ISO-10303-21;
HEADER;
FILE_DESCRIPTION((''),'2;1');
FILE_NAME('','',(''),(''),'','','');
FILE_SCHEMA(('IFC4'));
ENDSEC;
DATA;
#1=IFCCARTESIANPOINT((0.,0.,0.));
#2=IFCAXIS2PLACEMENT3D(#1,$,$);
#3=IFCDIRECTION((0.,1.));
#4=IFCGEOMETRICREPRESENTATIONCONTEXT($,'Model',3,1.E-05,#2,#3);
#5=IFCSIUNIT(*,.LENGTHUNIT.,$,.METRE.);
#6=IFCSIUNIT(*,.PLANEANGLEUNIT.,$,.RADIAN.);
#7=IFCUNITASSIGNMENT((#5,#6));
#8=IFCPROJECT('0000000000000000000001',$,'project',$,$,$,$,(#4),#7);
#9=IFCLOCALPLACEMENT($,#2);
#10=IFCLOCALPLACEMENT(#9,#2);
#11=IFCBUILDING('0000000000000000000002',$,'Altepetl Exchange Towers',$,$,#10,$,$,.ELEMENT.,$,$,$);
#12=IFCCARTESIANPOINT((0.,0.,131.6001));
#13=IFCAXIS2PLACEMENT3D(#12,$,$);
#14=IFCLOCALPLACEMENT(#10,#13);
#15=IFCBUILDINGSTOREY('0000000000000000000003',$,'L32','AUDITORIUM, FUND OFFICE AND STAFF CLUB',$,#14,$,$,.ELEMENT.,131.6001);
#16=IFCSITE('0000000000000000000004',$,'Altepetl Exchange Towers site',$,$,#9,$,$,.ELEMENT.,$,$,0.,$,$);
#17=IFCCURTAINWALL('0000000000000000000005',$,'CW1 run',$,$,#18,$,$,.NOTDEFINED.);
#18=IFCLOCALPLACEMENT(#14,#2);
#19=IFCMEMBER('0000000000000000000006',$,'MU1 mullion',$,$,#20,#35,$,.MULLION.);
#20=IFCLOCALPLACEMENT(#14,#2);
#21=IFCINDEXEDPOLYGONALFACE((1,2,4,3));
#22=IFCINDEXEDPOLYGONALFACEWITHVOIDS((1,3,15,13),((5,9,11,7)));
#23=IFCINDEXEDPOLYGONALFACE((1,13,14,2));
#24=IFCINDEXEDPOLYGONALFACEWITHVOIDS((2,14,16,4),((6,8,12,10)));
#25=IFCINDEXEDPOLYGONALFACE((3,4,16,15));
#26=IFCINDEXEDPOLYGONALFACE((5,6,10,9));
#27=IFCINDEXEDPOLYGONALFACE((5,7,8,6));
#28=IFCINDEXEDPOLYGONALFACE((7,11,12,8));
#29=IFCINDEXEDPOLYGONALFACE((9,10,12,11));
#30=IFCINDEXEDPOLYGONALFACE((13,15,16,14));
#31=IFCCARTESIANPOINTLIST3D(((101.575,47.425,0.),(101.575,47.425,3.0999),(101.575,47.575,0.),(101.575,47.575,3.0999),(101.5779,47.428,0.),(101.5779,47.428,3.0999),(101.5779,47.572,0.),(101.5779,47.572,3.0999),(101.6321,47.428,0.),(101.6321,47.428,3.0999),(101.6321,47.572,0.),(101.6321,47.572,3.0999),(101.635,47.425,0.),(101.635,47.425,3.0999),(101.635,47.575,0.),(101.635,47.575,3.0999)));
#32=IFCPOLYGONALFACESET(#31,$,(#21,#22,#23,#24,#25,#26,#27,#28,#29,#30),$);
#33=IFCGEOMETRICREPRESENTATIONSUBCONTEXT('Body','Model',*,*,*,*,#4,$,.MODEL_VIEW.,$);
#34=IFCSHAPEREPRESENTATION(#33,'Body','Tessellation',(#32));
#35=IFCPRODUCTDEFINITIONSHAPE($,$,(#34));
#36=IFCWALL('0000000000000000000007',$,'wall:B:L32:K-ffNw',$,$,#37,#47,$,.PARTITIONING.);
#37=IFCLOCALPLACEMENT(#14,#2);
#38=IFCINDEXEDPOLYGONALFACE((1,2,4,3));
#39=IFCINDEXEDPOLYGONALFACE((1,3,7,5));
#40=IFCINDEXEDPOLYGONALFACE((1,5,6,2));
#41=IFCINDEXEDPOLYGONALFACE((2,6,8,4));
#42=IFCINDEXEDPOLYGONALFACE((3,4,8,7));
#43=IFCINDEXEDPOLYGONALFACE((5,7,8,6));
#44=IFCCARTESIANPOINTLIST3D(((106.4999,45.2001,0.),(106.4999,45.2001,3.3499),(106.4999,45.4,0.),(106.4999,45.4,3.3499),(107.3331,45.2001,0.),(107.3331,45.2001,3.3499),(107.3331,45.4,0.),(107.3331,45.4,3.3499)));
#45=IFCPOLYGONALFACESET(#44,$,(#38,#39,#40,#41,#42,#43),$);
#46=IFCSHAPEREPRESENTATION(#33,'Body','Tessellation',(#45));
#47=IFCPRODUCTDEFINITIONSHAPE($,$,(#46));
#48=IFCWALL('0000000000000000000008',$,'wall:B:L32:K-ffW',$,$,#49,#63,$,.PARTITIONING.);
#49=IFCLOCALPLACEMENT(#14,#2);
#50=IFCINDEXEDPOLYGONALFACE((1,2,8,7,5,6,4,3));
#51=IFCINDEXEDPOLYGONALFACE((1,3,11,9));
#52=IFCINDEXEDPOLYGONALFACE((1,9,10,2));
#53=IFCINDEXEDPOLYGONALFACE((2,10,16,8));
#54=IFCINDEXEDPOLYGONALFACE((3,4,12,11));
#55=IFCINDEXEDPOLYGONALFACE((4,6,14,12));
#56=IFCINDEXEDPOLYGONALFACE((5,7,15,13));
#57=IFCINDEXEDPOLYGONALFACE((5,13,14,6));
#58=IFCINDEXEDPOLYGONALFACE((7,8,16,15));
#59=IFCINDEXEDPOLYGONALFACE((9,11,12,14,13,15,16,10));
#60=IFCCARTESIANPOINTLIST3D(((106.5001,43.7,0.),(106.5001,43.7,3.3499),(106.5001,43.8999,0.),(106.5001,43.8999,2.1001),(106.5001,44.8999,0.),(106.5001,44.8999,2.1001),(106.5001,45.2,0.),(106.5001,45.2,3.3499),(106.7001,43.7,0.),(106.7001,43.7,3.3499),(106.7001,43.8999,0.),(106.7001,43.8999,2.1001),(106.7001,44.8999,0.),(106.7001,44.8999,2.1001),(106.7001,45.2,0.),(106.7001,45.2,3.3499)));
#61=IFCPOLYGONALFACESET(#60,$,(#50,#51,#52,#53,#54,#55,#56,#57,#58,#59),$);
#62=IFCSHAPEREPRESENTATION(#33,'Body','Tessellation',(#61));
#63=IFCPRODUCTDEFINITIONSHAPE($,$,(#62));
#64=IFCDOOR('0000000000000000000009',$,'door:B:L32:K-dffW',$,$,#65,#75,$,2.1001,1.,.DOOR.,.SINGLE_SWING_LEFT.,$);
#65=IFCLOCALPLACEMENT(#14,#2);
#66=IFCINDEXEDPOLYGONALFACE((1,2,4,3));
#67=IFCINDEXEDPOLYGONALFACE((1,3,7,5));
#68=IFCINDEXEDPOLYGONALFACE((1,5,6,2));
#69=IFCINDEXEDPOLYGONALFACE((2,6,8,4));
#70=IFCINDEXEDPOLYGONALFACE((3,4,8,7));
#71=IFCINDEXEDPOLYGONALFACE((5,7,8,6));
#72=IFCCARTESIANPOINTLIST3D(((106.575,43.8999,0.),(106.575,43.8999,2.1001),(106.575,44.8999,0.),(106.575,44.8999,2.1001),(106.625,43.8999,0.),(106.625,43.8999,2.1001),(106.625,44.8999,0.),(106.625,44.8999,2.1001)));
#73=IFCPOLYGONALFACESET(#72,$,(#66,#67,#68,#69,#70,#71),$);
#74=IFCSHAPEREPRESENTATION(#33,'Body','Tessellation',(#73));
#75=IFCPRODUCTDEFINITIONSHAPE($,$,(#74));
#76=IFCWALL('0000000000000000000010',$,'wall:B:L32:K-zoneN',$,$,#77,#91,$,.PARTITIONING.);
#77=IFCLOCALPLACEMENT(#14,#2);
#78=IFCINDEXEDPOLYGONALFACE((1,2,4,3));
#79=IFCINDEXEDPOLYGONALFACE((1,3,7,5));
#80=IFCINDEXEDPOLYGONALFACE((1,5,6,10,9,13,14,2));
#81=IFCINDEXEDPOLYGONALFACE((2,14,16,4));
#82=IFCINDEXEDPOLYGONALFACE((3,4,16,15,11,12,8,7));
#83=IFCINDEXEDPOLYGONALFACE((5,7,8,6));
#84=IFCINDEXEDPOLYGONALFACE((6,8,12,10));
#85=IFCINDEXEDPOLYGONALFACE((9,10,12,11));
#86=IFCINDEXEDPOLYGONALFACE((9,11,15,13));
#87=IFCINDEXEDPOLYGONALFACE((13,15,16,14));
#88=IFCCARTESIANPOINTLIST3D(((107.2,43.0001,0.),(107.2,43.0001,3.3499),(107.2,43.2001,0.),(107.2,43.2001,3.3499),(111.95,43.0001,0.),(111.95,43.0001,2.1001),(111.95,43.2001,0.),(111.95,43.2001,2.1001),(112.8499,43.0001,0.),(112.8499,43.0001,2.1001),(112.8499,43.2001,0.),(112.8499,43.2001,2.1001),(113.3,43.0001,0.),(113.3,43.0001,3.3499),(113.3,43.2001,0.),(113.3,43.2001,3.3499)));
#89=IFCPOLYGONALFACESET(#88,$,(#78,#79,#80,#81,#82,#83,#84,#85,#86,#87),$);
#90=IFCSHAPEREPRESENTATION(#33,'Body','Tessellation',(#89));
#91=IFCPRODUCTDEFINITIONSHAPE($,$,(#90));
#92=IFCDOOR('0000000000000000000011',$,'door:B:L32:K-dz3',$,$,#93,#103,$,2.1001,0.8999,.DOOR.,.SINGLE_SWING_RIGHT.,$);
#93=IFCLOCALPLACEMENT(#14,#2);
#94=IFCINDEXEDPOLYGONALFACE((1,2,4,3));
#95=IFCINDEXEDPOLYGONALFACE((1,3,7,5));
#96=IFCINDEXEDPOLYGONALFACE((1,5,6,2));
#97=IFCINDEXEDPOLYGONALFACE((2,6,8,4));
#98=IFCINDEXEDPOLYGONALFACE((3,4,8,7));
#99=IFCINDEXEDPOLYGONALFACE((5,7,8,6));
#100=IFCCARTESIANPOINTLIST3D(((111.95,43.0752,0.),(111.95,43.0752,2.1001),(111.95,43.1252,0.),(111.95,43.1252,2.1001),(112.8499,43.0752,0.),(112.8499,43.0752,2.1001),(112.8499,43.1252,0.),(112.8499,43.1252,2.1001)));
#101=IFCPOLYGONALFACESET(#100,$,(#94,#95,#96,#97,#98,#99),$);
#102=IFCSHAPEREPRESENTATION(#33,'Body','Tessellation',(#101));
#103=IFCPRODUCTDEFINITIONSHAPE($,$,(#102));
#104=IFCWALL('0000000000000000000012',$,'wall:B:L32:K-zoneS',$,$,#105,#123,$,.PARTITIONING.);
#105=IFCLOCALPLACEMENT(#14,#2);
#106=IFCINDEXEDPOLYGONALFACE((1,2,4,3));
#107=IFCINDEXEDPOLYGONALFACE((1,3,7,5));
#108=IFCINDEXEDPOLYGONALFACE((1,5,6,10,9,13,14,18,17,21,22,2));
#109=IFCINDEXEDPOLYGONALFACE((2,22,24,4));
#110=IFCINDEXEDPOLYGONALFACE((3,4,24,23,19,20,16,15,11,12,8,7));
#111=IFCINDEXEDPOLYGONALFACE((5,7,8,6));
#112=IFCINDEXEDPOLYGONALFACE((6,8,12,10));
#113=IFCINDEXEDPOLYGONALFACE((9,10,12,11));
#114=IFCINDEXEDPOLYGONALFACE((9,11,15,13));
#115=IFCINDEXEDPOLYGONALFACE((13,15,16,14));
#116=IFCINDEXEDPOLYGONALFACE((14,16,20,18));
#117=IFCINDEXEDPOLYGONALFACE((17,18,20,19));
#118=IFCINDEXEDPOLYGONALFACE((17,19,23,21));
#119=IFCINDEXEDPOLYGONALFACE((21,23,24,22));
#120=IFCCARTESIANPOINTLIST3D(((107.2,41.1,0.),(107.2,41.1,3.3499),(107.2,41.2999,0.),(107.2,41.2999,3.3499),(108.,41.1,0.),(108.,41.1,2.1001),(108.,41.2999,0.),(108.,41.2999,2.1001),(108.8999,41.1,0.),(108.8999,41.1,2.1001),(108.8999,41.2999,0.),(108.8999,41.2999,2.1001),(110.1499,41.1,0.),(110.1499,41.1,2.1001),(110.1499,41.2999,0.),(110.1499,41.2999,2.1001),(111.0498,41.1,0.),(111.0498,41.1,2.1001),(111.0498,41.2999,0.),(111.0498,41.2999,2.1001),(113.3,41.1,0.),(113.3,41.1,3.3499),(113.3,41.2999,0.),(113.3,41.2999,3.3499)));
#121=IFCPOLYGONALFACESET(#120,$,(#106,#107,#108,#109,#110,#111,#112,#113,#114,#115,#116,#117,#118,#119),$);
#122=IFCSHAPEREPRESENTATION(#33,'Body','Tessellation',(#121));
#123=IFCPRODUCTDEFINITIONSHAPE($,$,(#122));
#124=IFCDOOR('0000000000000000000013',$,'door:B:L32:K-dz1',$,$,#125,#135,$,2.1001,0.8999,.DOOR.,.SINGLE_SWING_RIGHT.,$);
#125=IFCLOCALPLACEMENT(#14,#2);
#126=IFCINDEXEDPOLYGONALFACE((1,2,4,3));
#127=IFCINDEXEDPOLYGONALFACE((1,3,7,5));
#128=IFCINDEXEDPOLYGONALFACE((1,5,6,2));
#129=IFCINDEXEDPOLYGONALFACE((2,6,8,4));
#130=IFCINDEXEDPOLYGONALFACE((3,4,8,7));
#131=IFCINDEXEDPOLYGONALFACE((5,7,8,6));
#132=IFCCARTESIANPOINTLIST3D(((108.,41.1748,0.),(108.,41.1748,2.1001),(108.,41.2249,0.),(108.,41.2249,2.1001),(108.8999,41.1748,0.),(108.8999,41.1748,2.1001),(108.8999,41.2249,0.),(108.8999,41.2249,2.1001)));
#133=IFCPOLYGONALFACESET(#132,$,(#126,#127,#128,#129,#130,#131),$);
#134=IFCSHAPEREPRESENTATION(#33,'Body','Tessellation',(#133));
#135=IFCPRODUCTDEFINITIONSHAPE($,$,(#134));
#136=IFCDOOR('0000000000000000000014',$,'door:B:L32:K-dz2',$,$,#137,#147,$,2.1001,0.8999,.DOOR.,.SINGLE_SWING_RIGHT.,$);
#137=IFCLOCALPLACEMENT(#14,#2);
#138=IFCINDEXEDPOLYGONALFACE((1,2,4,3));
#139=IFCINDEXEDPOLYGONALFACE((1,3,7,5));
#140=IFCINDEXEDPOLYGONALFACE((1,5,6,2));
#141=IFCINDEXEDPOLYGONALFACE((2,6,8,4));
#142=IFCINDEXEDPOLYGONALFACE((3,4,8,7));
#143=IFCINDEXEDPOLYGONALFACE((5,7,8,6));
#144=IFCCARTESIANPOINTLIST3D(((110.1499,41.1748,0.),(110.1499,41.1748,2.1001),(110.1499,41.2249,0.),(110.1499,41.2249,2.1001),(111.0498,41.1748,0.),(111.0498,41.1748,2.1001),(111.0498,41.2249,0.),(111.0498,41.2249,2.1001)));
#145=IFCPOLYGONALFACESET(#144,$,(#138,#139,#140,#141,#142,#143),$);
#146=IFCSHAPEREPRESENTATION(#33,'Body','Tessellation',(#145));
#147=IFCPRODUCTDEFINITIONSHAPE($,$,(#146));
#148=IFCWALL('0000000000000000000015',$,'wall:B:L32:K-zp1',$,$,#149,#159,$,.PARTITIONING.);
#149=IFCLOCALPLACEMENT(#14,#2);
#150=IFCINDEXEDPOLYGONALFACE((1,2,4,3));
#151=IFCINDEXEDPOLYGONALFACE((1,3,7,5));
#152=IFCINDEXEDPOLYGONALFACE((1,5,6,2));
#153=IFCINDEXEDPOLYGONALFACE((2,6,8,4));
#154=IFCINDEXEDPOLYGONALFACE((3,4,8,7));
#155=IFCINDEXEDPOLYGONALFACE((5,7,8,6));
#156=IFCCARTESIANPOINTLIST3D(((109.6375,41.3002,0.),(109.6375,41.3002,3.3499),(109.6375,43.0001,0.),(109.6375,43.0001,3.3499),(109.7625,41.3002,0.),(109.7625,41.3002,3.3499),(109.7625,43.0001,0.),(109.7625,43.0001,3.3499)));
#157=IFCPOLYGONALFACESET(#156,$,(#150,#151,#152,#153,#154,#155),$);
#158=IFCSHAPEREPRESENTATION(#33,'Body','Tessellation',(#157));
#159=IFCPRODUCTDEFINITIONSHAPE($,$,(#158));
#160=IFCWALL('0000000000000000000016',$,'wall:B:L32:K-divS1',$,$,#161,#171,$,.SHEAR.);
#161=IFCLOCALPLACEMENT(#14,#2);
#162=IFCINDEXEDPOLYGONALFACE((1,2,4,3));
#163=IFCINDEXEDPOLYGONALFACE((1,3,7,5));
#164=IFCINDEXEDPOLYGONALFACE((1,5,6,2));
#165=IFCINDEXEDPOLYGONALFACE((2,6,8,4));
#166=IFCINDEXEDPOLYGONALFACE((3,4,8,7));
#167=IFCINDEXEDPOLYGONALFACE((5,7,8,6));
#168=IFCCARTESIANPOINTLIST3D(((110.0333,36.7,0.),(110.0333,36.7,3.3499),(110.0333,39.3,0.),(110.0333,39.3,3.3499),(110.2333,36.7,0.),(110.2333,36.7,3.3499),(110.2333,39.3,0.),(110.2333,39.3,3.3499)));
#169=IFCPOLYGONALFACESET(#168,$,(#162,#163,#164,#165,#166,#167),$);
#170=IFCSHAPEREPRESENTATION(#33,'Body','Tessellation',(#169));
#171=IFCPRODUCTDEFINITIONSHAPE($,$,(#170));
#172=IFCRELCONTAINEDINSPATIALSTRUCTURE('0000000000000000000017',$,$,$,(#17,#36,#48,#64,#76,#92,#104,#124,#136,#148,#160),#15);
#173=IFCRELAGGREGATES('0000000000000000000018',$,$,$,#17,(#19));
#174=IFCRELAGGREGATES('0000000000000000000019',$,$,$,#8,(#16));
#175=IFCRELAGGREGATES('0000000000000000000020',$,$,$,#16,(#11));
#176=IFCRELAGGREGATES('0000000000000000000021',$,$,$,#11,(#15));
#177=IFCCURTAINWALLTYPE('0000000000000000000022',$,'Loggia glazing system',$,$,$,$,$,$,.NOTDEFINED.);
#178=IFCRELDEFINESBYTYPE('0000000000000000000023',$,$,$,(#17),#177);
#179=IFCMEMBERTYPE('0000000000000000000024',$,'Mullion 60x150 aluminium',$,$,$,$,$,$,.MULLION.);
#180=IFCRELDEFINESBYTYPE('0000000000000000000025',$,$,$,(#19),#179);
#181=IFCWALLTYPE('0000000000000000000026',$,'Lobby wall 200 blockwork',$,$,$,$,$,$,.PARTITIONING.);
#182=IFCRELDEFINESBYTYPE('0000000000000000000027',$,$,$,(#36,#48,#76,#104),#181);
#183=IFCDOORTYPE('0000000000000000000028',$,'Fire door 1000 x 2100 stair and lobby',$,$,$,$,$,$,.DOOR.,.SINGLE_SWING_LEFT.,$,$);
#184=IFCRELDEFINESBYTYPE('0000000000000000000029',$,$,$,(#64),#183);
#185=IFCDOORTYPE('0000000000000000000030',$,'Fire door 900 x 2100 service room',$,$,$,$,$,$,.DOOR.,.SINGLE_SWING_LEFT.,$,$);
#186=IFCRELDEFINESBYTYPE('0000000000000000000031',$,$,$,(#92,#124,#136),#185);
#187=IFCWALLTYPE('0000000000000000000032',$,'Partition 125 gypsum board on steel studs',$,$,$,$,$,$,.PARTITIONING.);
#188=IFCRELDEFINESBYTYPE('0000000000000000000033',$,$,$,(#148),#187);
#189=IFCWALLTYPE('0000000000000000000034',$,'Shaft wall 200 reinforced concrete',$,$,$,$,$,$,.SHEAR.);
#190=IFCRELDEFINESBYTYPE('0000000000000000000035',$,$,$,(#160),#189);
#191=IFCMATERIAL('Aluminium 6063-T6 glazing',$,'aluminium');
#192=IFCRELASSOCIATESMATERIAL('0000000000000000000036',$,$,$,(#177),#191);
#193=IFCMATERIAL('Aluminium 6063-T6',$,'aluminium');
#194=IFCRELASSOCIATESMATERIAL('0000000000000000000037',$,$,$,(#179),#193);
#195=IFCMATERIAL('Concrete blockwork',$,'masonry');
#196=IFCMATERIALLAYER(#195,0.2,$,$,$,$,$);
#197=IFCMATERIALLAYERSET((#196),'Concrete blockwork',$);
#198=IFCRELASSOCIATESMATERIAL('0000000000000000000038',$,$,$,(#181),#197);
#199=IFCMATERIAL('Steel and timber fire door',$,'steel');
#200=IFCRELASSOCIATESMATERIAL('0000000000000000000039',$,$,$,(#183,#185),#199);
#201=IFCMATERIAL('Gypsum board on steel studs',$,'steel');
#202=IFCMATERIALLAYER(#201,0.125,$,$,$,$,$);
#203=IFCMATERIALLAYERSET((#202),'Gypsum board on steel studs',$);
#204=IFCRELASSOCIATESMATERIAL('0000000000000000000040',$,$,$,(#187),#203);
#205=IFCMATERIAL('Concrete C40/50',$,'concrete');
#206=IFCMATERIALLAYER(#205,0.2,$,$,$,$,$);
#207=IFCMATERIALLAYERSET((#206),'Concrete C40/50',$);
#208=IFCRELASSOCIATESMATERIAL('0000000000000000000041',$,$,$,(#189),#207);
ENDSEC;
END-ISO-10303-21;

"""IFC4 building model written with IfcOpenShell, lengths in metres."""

from ifc_helpers import new_model, si_unit, direction, frame, frame_2d, origin, origin_2d, place, context, subcontext, project, spatial, rectangle, hollow_rectangle, extrude, material, layer, layer_set, material_profile, profile_set, type_object, element, fill, aggregate, save


model = new_model("IFC4")

# Units and contexts
model_context = context("Model", 3, precision=1e-05, world=origin(), true_north=direction((0.0, 1.0)))
body_context = subcontext(model_context, "Body", "Model", "MODEL_VIEW")
ifc_project = project(units=[si_unit("LENGTHUNIT", "METRE"), si_unit("PLANEANGLEUNIT", "RADIAN")], contexts=[model_context])

# Site, building, storey
site_placement = place(None, origin())
site = spatial("IfcSite", under=ifc_project, at=site_placement, Name="Altepetl Exchange Towers site", CompositionType="ELEMENT", RefElevation=0.0)
building_placement = place(site_placement, origin())
building = spatial("IfcBuilding", under=site, at=building_placement, Name="Altepetl Exchange Towers", CompositionType="ELEMENT")
storey_placement = place(building_placement, frame((0.0, 0.0, 131.6001)))
storey = spatial("IfcBuildingStorey", under=building, at=storey_placement, Name="L32", Description="AUDITORIUM, FUND OFFICE AND STAFF CLUB", CompositionType="ELEMENT", Elevation=131.6001)

# Curtain wall, member
ifc_material_1 = material(Name="Aluminium 6063-T6 glazing", Category="aluminium")
curtain_wall_type = type_object("IfcCurtainWallType", Name="Loggia glazing system", PredefinedType="NOTDEFINED", material=ifc_material_1)
curtain_wall_placement = place(storey_placement, origin())
curtain_wall = element("IfcCurtainWall", 1, at=curtain_wall_placement, inside=storey, type_object=curtain_wall_type, Name="CW1 run", PredefinedType="NOTDEFINED")
ifc_material_2 = material(Name="Aluminium 6063-T6", Category="aluminium")
ifc_material_profile = material_profile(ifc_material_2, hollow_rectangle(XDim=0.0601, YDim=0.1499, WallThickness=0.0029, at=origin_2d()), Name="Mullion 60x150 aluminium")
ifc_profile_set = profile_set([ifc_material_profile], Name="Aluminium 6063-T6")
member_type = type_object("IfcMemberType", Name="Mullion 60x150 aluminium", PredefinedType="MULLION", material=ifc_profile_set)
member_placement = place(storey_placement, frame((101.605, 47.5, 0.0), z_axis=(0.0, 0.0, 1.0), x_axis=(-1.0, 0.0, 0.0)))
member = element("IfcMember", 2, at=member_placement, type_object=member_type, Name="MU1 mullion", PredefinedType="MULLION", context=body_context, shape_type="SweptSolid", body=[
    extrude(hollow_rectangle(XDim=0.0601, YDim=0.1499, WallThickness=0.0029, at=origin_2d()), origin(), (0.0, 0.0, 1.0), 3.0999),
])
aggregate(curtain_wall, [member])

# Wall
ifc_material_3 = material(Name="Concrete blockwork", Category="masonry")
ifc_layer_1 = layer(ifc_material_3, 0.2)
ifc_layer_set_1 = layer_set([ifc_layer_1], Name="Concrete blockwork")
wall_type_1 = type_object("IfcWallType", Name="Lobby wall 200 blockwork", PredefinedType="PARTITIONING", material=ifc_layer_set_1)
wall_1_placement = place(storey_placement, frame((106.5, 45.3, 0.0)))
element("IfcWall", 3, at=wall_1_placement, inside=storey, type_object=wall_type_1, Name="wall:B:L32:K-ffNw", PredefinedType="PARTITIONING", context=body_context, shape_type="SweptSolid", body=[
    extrude(rectangle(XDim=0.8333, YDim=0.2, at=frame_2d((0.4165, 0.0))), origin(), (0.0, 0.0, 1.0), 3.3499),
])

# Walls, openings, doors
wall_2_placement = place(storey_placement, frame((106.6001, 43.7, 0.0), z_axis=(0.0, 0.0, 1.0), x_axis=(0.0, 1.0, 0.0)))
wall_2 = element("IfcWall", 4, at=wall_2_placement, inside=storey, type_object=wall_type_1, Name="wall:B:L32:K-ffW", PredefinedType="PARTITIONING", context=body_context, shape_type="SweptSolid", body=[
    extrude(rectangle(XDim=1.5, YDim=0.2, at=frame_2d((0.75, 0.0))), origin(), (0.0, 0.0, 1.0), 3.3499),
])
opening_1_placement = place(wall_2_placement, frame((0.2, 0.0, 0.0)))
opening_1 = element("IfcOpeningElement", 5, at=opening_1_placement, cuts=wall_2, PredefinedType="OPENING", context=body_context, shape_type="SweptSolid", body=[
    extrude(rectangle(XDim=1.0, YDim=2.1001, at=frame_2d((0.5, 1.05))), frame((0.0, 0.1099, 0.0), z_axis=(0.0, -1.0, 0.0), x_axis=(1.0, 0.0, 0.0)), (0.0, 0.0, 1.0), 0.22),
])
ifc_material_4 = material(Name="Steel and timber fire door", Category="steel")
door_type_1 = type_object("IfcDoorType", Name="Fire door 1000 x 2100 stair and lobby", OperationType="SINGLE_SWING_LEFT", PredefinedType="DOOR", material=ifc_material_4)
door_1_placement = place(opening_1_placement, frame((1.0, 0.0, 0.0), x_axis=(-1.0, 0.0, 0.0)))
door_1 = element("IfcDoor", 6, at=door_1_placement, inside=storey, type_object=door_type_1, Name="door:B:L32:K-dffW", OperationType="SINGLE_SWING_LEFT", OverallHeight=2.1001, OverallWidth=1.0, PredefinedType="DOOR", context=body_context, shape_type="SweptSolid", body=[
    extrude(rectangle(XDim=1.0, YDim=2.1001, at=frame_2d((0.5, 1.05))), frame((0.0, 0.0249, 0.0), z_axis=(0.0, -1.0, 0.0), x_axis=(1.0, 0.0, 0.0)), (0.0, 0.0, 1.0), 0.05),
])
fill(opening_1, door_1)
wall_3_placement = place(storey_placement, frame((107.2, 43.1001, 0.0)))
wall_3 = element("IfcWall", 7, at=wall_3_placement, inside=storey, type_object=wall_type_1, Name="wall:B:L32:K-zoneN", PredefinedType="PARTITIONING", context=body_context, shape_type="SweptSolid", body=[
    extrude(rectangle(XDim=6.1001, YDim=0.2, at=frame_2d((3.05, 0.0))), origin(), (0.0, 0.0, 1.0), 3.3499),
])
opening_2_placement = place(wall_3_placement, frame((4.75, 0.0, 0.0)))
opening_2 = element("IfcOpeningElement", 8, at=opening_2_placement, cuts=wall_3, PredefinedType="OPENING", context=body_context, shape_type="SweptSolid", body=[
    extrude(rectangle(XDim=0.8999, YDim=2.1001, at=frame_2d((0.45, 1.05))), frame((0.0, 0.1099, 0.0), z_axis=(0.0, -1.0, 0.0), x_axis=(1.0, 0.0, 0.0)), (0.0, 0.0, 1.0), 0.22),
])
door_type_2 = type_object("IfcDoorType", Name="Fire door 900 x 2100 service room", OperationType="SINGLE_SWING_LEFT", PredefinedType="DOOR", material=ifc_material_4)
door_2_placement = place(opening_2_placement, frame((0.8999, 0.0, 0.0), x_axis=(-1.0, 0.0, 0.0)))
door_2 = element("IfcDoor", 9, at=door_2_placement, inside=storey, type_object=door_type_2, Name="door:B:L32:K-dz3", OperationType="SINGLE_SWING_RIGHT", OverallHeight=2.1001, OverallWidth=0.8999, PredefinedType="DOOR", context=body_context, shape_type="SweptSolid", body=[
    extrude(rectangle(XDim=0.8999, YDim=2.1001, at=frame_2d((0.45, 1.05))), frame((0.0, 0.0249, 0.0), z_axis=(0.0, -1.0, 0.0), x_axis=(1.0, 0.0, 0.0)), (0.0, 0.0, 1.0), 0.05),
])
fill(opening_2, door_2)

# Wall, openings, doors
wall_4_placement = place(storey_placement, frame((107.2, 41.2, 0.0)))
wall_4 = element("IfcWall", 10, at=wall_4_placement, inside=storey, type_object=wall_type_1, Name="wall:B:L32:K-zoneS", PredefinedType="PARTITIONING", context=body_context, shape_type="SweptSolid", body=[
    extrude(rectangle(XDim=6.1001, YDim=0.2, at=frame_2d((3.05, 0.0))), origin(), (0.0, 0.0, 1.0), 3.3499),
])
opening_3_placement = place(wall_4_placement, frame((0.8, 0.0, 0.0)))
opening_3 = element("IfcOpeningElement", 11, at=opening_3_placement, cuts=wall_4, PredefinedType="OPENING", context=body_context, shape_type="SweptSolid", body=[
    extrude(rectangle(XDim=0.8999, YDim=2.1001, at=frame_2d((0.45, 1.05))), frame((0.0, 0.1099, 0.0), z_axis=(0.0, -1.0, 0.0), x_axis=(1.0, 0.0, 0.0)), (0.0, 0.0, 1.0), 0.22),
])
opening_4_placement = place(wall_4_placement, frame((2.95, 0.0, 0.0)))
opening_4 = element("IfcOpeningElement", 12, at=opening_4_placement, cuts=wall_4, PredefinedType="OPENING", context=body_context, shape_type="SweptSolid", body=[
    extrude(rectangle(XDim=0.8999, YDim=2.1001, at=frame_2d((0.45, 1.05))), frame((0.0, 0.1099, 0.0), z_axis=(0.0, -1.0, 0.0), x_axis=(1.0, 0.0, 0.0)), (0.0, 0.0, 1.0), 0.22),
])
door_3_placement = place(opening_3_placement, origin())
door_3 = element("IfcDoor", 13, at=door_3_placement, inside=storey, type_object=door_type_2, Name="door:B:L32:K-dz1", OperationType="SINGLE_SWING_RIGHT", OverallHeight=2.1001, OverallWidth=0.8999, PredefinedType="DOOR", context=body_context, shape_type="SweptSolid", body=[
    extrude(rectangle(XDim=0.8999, YDim=2.1001, at=frame_2d((0.45, 1.05))), frame((0.0, 0.0249, 0.0), z_axis=(0.0, -1.0, 0.0), x_axis=(1.0, 0.0, 0.0)), (0.0, 0.0, 1.0), 0.05),
])
fill(opening_3, door_3)
door_4_placement = place(opening_4_placement, origin())
door_4 = element("IfcDoor", 14, at=door_4_placement, inside=storey, type_object=door_type_2, Name="door:B:L32:K-dz2", OperationType="SINGLE_SWING_RIGHT", OverallHeight=2.1001, OverallWidth=0.8999, PredefinedType="DOOR", context=body_context, shape_type="SweptSolid", body=[
    extrude(rectangle(XDim=0.8999, YDim=2.1001, at=frame_2d((0.45, 1.05))), frame((0.0, 0.0249, 0.0), z_axis=(0.0, -1.0, 0.0), x_axis=(1.0, 0.0, 0.0)), (0.0, 0.0, 1.0), 0.05),
])
fill(opening_4, door_4)

# Walls
ifc_material_5 = material(Name="Gypsum board on steel studs", Category="steel")
ifc_layer_2 = layer(ifc_material_5, 0.125)
ifc_layer_set_2 = layer_set([ifc_layer_2], Name="Gypsum board on steel studs")
wall_type_2 = type_object("IfcWallType", Name="Partition 125 gypsum board on steel studs", PredefinedType="PARTITIONING", material=ifc_layer_set_2)
wall_5_placement = place(storey_placement, frame((109.7, 41.3, 0.0), z_axis=(0.0, 0.0, 1.0), x_axis=(0.0, 1.0, 0.0)))
element("IfcWall", 15, at=wall_5_placement, inside=storey, type_object=wall_type_2, Name="wall:B:L32:K-zp1", PredefinedType="PARTITIONING", context=body_context, shape_type="SweptSolid", body=[
    extrude(rectangle(XDim=1.7, YDim=0.125, at=frame_2d((0.8501, 0.0))), origin(), (0.0, 0.0, 1.0), 3.3499),
])
ifc_material_6 = material(Name="Concrete C40/50", Category="concrete")
ifc_layer_3 = layer(ifc_material_6, 0.2)
ifc_layer_set_3 = layer_set([ifc_layer_3], Name="Concrete C40/50")
wall_type_3 = type_object("IfcWallType", Name="Shaft wall 200 reinforced concrete", PredefinedType="SHEAR", material=ifc_layer_set_3)
wall_6_placement = place(storey_placement, frame((110.1333, 36.7, 0.0), z_axis=(0.0, 0.0, 1.0), x_axis=(0.0, 1.0, 0.0)))
element("IfcWall", 16, at=wall_6_placement, inside=storey, type_object=wall_type_3, Name="wall:B:L32:K-divS1", PredefinedType="SHEAR", context=body_context, shape_type="SweptSolid", body=[
    extrude(rectangle(XDim=2.6001, YDim=0.2, at=frame_2d((1.3, 0.0))), origin(), (0.0, 0.0, 1.0), 3.3499),
])

save(model, "model.ifc")
